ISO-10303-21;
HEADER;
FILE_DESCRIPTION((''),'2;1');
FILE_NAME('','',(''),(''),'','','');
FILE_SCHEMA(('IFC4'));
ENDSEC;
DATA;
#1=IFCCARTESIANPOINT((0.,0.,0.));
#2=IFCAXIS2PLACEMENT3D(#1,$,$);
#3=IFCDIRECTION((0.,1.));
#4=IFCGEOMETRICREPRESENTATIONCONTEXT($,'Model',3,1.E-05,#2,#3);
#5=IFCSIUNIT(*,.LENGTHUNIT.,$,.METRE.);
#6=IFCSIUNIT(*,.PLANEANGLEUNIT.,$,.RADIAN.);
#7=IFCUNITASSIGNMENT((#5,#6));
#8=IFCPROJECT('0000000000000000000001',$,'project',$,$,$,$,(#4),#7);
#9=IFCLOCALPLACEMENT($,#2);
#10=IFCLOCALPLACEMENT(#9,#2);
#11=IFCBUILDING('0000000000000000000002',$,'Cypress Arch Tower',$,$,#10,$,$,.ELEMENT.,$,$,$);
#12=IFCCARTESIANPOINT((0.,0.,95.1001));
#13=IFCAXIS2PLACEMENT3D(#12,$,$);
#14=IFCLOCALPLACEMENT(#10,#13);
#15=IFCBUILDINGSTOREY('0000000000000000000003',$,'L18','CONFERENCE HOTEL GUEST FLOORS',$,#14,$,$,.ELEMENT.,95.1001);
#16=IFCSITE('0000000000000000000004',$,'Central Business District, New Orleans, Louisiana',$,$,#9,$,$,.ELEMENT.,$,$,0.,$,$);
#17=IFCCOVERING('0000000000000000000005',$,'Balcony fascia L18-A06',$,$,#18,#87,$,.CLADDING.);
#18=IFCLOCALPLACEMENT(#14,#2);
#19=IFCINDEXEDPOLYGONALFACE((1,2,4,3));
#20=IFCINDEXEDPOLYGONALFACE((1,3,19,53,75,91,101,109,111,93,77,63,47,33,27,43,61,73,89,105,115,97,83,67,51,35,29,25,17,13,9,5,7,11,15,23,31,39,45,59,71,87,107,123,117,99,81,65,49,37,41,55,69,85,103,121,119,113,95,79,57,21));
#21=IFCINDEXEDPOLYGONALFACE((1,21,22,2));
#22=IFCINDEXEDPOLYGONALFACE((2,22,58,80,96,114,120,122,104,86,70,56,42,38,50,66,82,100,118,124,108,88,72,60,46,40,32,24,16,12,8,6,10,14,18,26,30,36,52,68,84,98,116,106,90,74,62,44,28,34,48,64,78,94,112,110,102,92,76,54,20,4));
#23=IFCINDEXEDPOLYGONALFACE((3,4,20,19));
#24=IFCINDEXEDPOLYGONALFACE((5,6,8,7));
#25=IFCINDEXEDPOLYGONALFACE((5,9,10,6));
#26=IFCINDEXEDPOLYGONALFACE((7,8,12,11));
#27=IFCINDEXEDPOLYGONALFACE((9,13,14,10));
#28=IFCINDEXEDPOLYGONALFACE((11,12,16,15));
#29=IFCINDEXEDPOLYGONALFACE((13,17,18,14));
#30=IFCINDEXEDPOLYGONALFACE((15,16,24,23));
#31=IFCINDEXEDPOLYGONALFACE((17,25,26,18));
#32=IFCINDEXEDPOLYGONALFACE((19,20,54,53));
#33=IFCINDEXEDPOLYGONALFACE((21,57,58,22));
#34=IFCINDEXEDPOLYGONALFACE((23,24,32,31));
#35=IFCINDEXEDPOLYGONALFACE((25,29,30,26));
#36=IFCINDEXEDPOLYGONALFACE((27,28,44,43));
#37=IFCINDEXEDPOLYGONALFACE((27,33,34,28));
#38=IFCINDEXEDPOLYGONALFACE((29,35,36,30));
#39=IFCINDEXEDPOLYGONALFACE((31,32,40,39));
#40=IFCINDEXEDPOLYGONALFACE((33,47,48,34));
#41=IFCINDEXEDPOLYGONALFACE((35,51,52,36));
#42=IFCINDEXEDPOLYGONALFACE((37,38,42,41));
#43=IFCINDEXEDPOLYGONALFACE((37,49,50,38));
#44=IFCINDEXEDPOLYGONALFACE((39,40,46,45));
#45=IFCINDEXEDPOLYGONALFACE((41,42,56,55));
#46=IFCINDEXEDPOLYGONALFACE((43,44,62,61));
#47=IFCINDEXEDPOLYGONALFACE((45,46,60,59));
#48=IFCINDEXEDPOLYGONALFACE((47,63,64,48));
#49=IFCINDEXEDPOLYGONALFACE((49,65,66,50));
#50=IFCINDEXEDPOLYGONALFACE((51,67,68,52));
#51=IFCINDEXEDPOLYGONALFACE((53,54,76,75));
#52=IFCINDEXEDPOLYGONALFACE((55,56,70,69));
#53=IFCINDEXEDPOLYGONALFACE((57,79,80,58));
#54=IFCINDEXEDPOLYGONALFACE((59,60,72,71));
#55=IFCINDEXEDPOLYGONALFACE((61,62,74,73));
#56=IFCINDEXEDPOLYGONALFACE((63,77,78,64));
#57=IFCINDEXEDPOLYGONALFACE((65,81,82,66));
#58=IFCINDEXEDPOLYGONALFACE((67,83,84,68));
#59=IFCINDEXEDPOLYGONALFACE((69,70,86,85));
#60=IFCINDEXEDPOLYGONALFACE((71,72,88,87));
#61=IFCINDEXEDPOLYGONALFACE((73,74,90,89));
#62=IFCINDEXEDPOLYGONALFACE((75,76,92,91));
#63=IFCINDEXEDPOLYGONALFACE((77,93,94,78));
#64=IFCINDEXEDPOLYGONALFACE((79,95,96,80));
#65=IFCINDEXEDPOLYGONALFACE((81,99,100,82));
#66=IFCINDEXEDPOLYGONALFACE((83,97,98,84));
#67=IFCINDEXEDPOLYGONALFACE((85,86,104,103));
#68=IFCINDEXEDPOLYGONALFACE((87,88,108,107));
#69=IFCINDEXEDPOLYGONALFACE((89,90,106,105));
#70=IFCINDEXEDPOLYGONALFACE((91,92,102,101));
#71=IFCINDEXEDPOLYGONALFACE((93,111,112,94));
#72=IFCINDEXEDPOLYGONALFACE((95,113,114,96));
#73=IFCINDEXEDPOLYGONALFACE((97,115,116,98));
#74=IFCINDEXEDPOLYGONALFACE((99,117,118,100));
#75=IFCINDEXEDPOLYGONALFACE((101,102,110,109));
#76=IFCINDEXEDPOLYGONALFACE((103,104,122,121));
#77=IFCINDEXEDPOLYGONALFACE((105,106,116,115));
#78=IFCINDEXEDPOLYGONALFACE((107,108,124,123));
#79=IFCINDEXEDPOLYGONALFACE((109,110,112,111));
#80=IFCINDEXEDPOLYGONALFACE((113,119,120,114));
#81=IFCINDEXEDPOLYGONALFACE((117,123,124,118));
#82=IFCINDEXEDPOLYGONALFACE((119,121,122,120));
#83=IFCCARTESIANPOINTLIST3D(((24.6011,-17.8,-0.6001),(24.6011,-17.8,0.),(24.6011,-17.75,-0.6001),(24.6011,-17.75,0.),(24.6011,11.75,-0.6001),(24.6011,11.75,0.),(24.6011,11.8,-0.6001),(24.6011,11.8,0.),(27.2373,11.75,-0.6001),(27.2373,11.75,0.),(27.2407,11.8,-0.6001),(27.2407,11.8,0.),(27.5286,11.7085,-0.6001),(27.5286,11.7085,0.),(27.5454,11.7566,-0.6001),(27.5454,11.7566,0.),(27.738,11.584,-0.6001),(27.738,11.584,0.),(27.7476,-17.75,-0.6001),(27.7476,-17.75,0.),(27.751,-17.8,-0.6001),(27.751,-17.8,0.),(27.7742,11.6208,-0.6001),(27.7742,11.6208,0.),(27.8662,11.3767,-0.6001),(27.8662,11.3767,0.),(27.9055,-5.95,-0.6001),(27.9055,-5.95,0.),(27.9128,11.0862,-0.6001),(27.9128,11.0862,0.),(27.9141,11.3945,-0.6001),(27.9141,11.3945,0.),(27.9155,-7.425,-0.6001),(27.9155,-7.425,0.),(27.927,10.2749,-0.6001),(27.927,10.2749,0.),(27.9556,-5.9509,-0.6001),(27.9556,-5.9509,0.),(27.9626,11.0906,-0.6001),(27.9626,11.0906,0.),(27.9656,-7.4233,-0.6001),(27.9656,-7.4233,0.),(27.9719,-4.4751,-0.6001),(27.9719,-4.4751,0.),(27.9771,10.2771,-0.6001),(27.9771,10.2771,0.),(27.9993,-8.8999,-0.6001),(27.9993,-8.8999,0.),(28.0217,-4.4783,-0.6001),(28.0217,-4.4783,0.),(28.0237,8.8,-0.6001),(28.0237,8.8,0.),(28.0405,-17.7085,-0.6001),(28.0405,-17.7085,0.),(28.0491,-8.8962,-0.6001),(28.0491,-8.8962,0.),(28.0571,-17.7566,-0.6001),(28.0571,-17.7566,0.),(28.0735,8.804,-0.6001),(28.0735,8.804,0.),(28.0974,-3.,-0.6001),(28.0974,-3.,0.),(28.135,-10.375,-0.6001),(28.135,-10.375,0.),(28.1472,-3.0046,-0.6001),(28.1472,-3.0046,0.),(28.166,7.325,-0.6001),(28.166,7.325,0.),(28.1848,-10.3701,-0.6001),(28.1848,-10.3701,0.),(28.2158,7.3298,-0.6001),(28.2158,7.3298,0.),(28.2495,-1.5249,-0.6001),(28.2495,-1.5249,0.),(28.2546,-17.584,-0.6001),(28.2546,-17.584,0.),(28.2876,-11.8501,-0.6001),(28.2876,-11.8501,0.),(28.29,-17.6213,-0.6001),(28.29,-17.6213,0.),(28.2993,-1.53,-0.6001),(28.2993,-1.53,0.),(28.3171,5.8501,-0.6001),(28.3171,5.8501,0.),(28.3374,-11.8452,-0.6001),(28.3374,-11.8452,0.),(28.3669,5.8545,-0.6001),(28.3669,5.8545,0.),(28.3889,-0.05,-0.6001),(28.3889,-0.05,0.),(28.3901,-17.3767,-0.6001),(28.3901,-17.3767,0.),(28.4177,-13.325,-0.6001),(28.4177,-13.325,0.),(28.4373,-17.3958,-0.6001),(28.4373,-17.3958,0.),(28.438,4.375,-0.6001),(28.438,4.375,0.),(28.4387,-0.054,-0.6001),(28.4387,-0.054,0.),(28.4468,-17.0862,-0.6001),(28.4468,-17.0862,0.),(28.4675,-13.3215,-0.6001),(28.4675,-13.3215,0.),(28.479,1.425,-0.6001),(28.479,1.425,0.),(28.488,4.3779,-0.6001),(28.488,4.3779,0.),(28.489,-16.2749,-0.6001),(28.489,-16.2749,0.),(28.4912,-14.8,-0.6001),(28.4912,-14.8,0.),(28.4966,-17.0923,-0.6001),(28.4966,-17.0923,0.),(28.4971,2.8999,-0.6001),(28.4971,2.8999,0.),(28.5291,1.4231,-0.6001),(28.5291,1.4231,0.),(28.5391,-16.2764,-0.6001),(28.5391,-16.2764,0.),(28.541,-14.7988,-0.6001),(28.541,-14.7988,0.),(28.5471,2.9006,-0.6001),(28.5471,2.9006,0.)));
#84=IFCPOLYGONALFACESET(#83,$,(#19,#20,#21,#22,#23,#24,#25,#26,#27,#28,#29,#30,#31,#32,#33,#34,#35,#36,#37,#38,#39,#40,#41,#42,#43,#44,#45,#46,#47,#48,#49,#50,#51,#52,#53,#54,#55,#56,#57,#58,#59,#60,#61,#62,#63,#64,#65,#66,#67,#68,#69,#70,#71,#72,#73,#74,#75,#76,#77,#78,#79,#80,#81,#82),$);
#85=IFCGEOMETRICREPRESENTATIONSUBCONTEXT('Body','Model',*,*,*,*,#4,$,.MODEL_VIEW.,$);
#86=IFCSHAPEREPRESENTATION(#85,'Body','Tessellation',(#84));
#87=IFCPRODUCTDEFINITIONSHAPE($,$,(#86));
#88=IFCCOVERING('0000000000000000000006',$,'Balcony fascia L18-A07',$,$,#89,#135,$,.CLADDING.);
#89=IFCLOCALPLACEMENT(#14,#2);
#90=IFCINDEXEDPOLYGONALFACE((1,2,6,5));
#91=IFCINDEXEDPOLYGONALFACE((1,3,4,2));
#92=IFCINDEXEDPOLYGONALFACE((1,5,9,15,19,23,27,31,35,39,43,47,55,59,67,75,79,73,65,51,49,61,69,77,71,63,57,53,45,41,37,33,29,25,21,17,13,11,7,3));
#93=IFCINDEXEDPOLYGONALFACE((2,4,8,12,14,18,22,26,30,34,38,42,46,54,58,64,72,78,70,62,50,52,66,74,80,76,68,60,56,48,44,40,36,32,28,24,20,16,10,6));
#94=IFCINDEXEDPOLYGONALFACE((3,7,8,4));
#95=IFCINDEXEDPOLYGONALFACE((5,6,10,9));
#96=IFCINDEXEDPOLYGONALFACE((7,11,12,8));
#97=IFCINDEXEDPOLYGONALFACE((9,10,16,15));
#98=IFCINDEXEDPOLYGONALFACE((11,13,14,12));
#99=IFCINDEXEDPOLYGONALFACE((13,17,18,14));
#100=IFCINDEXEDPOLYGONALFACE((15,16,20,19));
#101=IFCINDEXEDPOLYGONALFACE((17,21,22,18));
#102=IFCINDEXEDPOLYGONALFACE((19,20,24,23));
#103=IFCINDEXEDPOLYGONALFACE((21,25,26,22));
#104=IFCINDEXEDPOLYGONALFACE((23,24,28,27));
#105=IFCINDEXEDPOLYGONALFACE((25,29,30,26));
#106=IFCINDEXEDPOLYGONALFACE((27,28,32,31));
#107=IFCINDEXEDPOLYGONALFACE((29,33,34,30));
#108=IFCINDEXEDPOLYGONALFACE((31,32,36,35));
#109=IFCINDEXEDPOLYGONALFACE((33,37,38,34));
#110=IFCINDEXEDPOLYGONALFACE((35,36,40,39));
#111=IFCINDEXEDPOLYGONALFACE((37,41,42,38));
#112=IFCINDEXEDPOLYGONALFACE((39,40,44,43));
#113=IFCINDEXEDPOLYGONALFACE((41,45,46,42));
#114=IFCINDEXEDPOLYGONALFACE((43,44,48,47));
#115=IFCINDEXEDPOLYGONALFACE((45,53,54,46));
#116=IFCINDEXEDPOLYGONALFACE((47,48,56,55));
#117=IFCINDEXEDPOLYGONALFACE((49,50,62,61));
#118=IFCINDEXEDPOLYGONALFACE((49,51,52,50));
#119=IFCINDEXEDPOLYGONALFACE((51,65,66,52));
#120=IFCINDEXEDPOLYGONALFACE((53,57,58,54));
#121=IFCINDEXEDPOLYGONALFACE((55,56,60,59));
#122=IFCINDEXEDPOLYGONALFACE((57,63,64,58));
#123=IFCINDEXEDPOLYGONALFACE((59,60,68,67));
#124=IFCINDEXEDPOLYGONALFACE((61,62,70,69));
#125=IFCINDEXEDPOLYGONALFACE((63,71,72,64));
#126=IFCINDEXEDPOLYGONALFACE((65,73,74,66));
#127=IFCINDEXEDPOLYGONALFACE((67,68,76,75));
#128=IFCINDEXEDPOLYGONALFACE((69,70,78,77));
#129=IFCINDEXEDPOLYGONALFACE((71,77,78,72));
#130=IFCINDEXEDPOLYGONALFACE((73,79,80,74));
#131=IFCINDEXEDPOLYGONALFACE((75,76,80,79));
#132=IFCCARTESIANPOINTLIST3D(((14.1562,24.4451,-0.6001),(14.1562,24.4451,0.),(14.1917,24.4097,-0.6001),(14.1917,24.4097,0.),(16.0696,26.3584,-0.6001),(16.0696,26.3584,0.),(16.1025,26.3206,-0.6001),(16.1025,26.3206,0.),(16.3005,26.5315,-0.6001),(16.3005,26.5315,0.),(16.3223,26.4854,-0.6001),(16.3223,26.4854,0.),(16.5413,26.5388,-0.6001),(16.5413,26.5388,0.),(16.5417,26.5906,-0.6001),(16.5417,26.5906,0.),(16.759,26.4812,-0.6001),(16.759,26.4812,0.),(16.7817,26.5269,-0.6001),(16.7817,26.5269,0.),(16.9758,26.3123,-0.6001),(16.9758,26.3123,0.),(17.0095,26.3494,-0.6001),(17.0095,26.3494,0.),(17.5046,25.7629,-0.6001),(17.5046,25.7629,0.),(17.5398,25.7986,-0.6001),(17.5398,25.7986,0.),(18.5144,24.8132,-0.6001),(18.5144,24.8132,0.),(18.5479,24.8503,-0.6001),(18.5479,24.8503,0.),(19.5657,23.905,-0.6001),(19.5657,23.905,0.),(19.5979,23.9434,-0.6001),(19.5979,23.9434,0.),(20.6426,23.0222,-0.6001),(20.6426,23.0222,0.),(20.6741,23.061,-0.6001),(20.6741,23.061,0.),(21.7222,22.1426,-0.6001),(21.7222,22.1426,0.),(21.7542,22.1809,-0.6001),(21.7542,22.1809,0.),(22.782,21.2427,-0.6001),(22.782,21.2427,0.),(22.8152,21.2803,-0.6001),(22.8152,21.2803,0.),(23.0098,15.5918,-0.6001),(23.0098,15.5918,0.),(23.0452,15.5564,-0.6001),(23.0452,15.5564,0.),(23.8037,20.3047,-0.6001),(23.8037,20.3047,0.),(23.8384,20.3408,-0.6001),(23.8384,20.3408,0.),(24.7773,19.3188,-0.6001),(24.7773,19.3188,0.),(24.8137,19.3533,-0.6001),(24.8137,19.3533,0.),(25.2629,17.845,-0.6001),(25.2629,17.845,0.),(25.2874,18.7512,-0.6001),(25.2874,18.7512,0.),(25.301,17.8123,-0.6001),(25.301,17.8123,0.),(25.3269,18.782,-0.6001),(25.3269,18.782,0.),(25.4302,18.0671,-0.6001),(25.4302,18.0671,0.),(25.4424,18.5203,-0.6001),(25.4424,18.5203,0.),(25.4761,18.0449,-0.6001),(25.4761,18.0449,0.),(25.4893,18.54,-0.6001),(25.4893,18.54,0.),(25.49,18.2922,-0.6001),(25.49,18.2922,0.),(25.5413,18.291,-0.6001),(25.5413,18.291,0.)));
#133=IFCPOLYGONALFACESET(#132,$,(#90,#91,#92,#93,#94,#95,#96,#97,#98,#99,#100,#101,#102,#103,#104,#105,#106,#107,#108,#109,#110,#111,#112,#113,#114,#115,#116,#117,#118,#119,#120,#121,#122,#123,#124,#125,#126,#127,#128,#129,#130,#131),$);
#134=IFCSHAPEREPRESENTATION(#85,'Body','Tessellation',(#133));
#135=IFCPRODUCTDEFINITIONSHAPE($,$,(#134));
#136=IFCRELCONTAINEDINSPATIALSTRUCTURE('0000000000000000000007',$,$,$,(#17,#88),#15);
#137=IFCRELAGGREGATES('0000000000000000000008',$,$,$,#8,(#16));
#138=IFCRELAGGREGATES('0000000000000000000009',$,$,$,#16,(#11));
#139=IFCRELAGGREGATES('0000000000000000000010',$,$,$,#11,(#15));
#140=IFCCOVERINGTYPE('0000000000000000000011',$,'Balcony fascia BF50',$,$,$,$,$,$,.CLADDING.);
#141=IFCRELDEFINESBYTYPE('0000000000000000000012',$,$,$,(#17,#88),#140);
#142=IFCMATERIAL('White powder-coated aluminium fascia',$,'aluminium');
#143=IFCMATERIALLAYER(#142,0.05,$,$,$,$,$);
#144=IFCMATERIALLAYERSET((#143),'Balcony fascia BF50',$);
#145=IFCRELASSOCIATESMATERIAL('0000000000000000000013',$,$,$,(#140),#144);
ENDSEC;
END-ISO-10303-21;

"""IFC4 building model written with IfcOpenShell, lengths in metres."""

from ifc_helpers import new_model, si_unit, direction, frame, origin, place, context, subcontext, project, spatial, polyline, outline, extrude, material, layer, layer_set, type_object, element, save


model = new_model("IFC4")

# Units and contexts
model_context = context("Model", 3, precision=1e-05, world=origin(), true_north=direction((0.0, 1.0)))
body_context = subcontext(model_context, "Body", "Model", "MODEL_VIEW")
ifc_project = project(units=[si_unit("LENGTHUNIT", "METRE"), si_unit("PLANEANGLEUNIT", "RADIAN")], contexts=[model_context])

# Site, building, storey
site_placement = place(None, origin())
site = spatial("IfcSite", under=ifc_project, at=site_placement, Name="Central Business District, New Orleans, Louisiana", CompositionType="ELEMENT", RefElevation=0.0)
building_placement = place(site_placement, origin())
building = spatial("IfcBuilding", under=site, at=building_placement, Name="Cypress Arch Tower", CompositionType="ELEMENT")
storey_placement = place(building_placement, frame((0.0, 0.0, 95.1001)))
storey = spatial("IfcBuildingStorey", under=building, at=storey_placement, Name="L18", Description="CONFERENCE HOTEL GUEST FLOORS", CompositionType="ELEMENT", Elevation=95.1001)

# Coverings
ifc_material_1 = material(Name="White powder-coated aluminium fascia", Category="aluminium")
ifc_layer_1 = layer(ifc_material_1, 0.05)
ifc_layer_set_1 = layer_set([ifc_layer_1], Name="Balcony fascia BF50")
covering_type_1 = type_object("IfcCoveringType", Name="Balcony fascia BF50", PredefinedType="CLADDING", material=ifc_layer_set_1)
covering_1_placement = place(storey_placement, frame((0.0, 0.0, -0.6001)))
element("IfcCovering", 1, at=covering_1_placement, inside=storey, type_object=covering_type_1, Name="Balcony fascia L18-A06", PredefinedType="CLADDING", context=body_context, shape_type="SweptSolid", body=[
    extrude(outline(polyline([(27.2407, 11.8), (27.5454, 11.7566), (27.7742, 11.6208), (27.9141, 11.3945), (27.9626, 11.0906), (27.9771, 10.2771), (28.0735, 8.804), (28.2158, 7.3298), (28.3669, 5.8545), (28.488, 4.3779), (28.5471, 2.9006), (28.5291, 1.4231), (28.4387, -0.054), (28.2993, -1.53), (28.1472, -3.0046), (28.0217, -4.4783), (27.9556, -5.9509), (27.9656, -7.4233), (28.0491, -8.8962), (28.1848, -10.3701), (28.3374, -11.8452), (28.4675, -13.3215), (28.541, -14.7988), (28.5391, -16.2764), (28.4966, -17.0923), (28.4373, -17.3958), (28.29, -17.6213), (28.0571, -17.7566), (27.751, -17.8), (24.6011, -17.8), (24.6011, -17.75), (27.7476, -17.75), (28.0405, -17.7085), (28.2546, -17.584), (28.3901, -17.3767), (28.4468, -17.0862), (28.489, -16.2749), (28.4912, -14.8), (28.4177, -13.325), (28.2876, -11.8501), (28.135, -10.375), (27.9993, -8.8999), (27.9155, -7.425), (27.9055, -5.95), (27.9719, -4.4751), (28.0974, -3.0), (28.2495, -1.5249), (28.3889, -0.05), (28.479, 1.425), (28.4971, 2.8999), (28.438, 4.375), (28.3171, 5.8501), (28.166, 7.325), (28.0237, 8.8), (27.927, 10.2749), (27.9128, 11.0862), (27.8662, 11.3767), (27.738, 11.584), (27.5286, 11.7085), (27.2373, 11.75), (24.6011, 11.75), (24.6011, 11.8), (27.2407, 11.8)])), origin(), (0.0, 0.0, 1.0), 0.6001),
])
covering_2_placement = place(storey_placement, frame((0.0, 0.0, -0.6001)))
element("IfcCovering", 2, at=covering_2_placement, inside=storey, type_object=covering_type_1, Name="Balcony fascia L18-A07", PredefinedType="CLADDING", context=body_context, shape_type="SweptSolid", body=[
    extrude(outline(polyline([(16.0696, 26.3584), (16.3005, 26.5315), (16.5417, 26.5906), (16.7817, 26.5269), (17.0095, 26.3494), (17.5398, 25.7986), (18.5479, 24.8503), (19.5979, 23.9434), (20.6741, 23.061), (21.7542, 22.1809), (22.8152, 21.2803), (23.8384, 20.3408), (24.8137, 19.3533), (25.3269, 18.782), (25.4893, 18.54), (25.5413, 18.291), (25.4761, 18.0449), (25.301, 17.8123), (23.0452, 15.5564), (23.0098, 15.5918), (25.2629, 17.845), (25.4302, 18.0671), (25.49, 18.2922), (25.4424, 18.5203), (25.2874, 18.7512), (24.7773, 19.3188), (23.8037, 20.3047), (22.782, 21.2427), (21.7222, 22.1426), (20.6426, 23.0222), (19.5657, 23.905), (18.5144, 24.8132), (17.5046, 25.7629), (16.9758, 26.3123), (16.759, 26.4812), (16.5413, 26.5388), (16.3223, 26.4854), (16.1025, 26.3206), (14.1917, 24.4097), (14.1562, 24.4451), (16.0696, 26.3584)])), origin(), (0.0, 0.0, 1.0), 0.6001),
])

save(model, "model.ifc")
